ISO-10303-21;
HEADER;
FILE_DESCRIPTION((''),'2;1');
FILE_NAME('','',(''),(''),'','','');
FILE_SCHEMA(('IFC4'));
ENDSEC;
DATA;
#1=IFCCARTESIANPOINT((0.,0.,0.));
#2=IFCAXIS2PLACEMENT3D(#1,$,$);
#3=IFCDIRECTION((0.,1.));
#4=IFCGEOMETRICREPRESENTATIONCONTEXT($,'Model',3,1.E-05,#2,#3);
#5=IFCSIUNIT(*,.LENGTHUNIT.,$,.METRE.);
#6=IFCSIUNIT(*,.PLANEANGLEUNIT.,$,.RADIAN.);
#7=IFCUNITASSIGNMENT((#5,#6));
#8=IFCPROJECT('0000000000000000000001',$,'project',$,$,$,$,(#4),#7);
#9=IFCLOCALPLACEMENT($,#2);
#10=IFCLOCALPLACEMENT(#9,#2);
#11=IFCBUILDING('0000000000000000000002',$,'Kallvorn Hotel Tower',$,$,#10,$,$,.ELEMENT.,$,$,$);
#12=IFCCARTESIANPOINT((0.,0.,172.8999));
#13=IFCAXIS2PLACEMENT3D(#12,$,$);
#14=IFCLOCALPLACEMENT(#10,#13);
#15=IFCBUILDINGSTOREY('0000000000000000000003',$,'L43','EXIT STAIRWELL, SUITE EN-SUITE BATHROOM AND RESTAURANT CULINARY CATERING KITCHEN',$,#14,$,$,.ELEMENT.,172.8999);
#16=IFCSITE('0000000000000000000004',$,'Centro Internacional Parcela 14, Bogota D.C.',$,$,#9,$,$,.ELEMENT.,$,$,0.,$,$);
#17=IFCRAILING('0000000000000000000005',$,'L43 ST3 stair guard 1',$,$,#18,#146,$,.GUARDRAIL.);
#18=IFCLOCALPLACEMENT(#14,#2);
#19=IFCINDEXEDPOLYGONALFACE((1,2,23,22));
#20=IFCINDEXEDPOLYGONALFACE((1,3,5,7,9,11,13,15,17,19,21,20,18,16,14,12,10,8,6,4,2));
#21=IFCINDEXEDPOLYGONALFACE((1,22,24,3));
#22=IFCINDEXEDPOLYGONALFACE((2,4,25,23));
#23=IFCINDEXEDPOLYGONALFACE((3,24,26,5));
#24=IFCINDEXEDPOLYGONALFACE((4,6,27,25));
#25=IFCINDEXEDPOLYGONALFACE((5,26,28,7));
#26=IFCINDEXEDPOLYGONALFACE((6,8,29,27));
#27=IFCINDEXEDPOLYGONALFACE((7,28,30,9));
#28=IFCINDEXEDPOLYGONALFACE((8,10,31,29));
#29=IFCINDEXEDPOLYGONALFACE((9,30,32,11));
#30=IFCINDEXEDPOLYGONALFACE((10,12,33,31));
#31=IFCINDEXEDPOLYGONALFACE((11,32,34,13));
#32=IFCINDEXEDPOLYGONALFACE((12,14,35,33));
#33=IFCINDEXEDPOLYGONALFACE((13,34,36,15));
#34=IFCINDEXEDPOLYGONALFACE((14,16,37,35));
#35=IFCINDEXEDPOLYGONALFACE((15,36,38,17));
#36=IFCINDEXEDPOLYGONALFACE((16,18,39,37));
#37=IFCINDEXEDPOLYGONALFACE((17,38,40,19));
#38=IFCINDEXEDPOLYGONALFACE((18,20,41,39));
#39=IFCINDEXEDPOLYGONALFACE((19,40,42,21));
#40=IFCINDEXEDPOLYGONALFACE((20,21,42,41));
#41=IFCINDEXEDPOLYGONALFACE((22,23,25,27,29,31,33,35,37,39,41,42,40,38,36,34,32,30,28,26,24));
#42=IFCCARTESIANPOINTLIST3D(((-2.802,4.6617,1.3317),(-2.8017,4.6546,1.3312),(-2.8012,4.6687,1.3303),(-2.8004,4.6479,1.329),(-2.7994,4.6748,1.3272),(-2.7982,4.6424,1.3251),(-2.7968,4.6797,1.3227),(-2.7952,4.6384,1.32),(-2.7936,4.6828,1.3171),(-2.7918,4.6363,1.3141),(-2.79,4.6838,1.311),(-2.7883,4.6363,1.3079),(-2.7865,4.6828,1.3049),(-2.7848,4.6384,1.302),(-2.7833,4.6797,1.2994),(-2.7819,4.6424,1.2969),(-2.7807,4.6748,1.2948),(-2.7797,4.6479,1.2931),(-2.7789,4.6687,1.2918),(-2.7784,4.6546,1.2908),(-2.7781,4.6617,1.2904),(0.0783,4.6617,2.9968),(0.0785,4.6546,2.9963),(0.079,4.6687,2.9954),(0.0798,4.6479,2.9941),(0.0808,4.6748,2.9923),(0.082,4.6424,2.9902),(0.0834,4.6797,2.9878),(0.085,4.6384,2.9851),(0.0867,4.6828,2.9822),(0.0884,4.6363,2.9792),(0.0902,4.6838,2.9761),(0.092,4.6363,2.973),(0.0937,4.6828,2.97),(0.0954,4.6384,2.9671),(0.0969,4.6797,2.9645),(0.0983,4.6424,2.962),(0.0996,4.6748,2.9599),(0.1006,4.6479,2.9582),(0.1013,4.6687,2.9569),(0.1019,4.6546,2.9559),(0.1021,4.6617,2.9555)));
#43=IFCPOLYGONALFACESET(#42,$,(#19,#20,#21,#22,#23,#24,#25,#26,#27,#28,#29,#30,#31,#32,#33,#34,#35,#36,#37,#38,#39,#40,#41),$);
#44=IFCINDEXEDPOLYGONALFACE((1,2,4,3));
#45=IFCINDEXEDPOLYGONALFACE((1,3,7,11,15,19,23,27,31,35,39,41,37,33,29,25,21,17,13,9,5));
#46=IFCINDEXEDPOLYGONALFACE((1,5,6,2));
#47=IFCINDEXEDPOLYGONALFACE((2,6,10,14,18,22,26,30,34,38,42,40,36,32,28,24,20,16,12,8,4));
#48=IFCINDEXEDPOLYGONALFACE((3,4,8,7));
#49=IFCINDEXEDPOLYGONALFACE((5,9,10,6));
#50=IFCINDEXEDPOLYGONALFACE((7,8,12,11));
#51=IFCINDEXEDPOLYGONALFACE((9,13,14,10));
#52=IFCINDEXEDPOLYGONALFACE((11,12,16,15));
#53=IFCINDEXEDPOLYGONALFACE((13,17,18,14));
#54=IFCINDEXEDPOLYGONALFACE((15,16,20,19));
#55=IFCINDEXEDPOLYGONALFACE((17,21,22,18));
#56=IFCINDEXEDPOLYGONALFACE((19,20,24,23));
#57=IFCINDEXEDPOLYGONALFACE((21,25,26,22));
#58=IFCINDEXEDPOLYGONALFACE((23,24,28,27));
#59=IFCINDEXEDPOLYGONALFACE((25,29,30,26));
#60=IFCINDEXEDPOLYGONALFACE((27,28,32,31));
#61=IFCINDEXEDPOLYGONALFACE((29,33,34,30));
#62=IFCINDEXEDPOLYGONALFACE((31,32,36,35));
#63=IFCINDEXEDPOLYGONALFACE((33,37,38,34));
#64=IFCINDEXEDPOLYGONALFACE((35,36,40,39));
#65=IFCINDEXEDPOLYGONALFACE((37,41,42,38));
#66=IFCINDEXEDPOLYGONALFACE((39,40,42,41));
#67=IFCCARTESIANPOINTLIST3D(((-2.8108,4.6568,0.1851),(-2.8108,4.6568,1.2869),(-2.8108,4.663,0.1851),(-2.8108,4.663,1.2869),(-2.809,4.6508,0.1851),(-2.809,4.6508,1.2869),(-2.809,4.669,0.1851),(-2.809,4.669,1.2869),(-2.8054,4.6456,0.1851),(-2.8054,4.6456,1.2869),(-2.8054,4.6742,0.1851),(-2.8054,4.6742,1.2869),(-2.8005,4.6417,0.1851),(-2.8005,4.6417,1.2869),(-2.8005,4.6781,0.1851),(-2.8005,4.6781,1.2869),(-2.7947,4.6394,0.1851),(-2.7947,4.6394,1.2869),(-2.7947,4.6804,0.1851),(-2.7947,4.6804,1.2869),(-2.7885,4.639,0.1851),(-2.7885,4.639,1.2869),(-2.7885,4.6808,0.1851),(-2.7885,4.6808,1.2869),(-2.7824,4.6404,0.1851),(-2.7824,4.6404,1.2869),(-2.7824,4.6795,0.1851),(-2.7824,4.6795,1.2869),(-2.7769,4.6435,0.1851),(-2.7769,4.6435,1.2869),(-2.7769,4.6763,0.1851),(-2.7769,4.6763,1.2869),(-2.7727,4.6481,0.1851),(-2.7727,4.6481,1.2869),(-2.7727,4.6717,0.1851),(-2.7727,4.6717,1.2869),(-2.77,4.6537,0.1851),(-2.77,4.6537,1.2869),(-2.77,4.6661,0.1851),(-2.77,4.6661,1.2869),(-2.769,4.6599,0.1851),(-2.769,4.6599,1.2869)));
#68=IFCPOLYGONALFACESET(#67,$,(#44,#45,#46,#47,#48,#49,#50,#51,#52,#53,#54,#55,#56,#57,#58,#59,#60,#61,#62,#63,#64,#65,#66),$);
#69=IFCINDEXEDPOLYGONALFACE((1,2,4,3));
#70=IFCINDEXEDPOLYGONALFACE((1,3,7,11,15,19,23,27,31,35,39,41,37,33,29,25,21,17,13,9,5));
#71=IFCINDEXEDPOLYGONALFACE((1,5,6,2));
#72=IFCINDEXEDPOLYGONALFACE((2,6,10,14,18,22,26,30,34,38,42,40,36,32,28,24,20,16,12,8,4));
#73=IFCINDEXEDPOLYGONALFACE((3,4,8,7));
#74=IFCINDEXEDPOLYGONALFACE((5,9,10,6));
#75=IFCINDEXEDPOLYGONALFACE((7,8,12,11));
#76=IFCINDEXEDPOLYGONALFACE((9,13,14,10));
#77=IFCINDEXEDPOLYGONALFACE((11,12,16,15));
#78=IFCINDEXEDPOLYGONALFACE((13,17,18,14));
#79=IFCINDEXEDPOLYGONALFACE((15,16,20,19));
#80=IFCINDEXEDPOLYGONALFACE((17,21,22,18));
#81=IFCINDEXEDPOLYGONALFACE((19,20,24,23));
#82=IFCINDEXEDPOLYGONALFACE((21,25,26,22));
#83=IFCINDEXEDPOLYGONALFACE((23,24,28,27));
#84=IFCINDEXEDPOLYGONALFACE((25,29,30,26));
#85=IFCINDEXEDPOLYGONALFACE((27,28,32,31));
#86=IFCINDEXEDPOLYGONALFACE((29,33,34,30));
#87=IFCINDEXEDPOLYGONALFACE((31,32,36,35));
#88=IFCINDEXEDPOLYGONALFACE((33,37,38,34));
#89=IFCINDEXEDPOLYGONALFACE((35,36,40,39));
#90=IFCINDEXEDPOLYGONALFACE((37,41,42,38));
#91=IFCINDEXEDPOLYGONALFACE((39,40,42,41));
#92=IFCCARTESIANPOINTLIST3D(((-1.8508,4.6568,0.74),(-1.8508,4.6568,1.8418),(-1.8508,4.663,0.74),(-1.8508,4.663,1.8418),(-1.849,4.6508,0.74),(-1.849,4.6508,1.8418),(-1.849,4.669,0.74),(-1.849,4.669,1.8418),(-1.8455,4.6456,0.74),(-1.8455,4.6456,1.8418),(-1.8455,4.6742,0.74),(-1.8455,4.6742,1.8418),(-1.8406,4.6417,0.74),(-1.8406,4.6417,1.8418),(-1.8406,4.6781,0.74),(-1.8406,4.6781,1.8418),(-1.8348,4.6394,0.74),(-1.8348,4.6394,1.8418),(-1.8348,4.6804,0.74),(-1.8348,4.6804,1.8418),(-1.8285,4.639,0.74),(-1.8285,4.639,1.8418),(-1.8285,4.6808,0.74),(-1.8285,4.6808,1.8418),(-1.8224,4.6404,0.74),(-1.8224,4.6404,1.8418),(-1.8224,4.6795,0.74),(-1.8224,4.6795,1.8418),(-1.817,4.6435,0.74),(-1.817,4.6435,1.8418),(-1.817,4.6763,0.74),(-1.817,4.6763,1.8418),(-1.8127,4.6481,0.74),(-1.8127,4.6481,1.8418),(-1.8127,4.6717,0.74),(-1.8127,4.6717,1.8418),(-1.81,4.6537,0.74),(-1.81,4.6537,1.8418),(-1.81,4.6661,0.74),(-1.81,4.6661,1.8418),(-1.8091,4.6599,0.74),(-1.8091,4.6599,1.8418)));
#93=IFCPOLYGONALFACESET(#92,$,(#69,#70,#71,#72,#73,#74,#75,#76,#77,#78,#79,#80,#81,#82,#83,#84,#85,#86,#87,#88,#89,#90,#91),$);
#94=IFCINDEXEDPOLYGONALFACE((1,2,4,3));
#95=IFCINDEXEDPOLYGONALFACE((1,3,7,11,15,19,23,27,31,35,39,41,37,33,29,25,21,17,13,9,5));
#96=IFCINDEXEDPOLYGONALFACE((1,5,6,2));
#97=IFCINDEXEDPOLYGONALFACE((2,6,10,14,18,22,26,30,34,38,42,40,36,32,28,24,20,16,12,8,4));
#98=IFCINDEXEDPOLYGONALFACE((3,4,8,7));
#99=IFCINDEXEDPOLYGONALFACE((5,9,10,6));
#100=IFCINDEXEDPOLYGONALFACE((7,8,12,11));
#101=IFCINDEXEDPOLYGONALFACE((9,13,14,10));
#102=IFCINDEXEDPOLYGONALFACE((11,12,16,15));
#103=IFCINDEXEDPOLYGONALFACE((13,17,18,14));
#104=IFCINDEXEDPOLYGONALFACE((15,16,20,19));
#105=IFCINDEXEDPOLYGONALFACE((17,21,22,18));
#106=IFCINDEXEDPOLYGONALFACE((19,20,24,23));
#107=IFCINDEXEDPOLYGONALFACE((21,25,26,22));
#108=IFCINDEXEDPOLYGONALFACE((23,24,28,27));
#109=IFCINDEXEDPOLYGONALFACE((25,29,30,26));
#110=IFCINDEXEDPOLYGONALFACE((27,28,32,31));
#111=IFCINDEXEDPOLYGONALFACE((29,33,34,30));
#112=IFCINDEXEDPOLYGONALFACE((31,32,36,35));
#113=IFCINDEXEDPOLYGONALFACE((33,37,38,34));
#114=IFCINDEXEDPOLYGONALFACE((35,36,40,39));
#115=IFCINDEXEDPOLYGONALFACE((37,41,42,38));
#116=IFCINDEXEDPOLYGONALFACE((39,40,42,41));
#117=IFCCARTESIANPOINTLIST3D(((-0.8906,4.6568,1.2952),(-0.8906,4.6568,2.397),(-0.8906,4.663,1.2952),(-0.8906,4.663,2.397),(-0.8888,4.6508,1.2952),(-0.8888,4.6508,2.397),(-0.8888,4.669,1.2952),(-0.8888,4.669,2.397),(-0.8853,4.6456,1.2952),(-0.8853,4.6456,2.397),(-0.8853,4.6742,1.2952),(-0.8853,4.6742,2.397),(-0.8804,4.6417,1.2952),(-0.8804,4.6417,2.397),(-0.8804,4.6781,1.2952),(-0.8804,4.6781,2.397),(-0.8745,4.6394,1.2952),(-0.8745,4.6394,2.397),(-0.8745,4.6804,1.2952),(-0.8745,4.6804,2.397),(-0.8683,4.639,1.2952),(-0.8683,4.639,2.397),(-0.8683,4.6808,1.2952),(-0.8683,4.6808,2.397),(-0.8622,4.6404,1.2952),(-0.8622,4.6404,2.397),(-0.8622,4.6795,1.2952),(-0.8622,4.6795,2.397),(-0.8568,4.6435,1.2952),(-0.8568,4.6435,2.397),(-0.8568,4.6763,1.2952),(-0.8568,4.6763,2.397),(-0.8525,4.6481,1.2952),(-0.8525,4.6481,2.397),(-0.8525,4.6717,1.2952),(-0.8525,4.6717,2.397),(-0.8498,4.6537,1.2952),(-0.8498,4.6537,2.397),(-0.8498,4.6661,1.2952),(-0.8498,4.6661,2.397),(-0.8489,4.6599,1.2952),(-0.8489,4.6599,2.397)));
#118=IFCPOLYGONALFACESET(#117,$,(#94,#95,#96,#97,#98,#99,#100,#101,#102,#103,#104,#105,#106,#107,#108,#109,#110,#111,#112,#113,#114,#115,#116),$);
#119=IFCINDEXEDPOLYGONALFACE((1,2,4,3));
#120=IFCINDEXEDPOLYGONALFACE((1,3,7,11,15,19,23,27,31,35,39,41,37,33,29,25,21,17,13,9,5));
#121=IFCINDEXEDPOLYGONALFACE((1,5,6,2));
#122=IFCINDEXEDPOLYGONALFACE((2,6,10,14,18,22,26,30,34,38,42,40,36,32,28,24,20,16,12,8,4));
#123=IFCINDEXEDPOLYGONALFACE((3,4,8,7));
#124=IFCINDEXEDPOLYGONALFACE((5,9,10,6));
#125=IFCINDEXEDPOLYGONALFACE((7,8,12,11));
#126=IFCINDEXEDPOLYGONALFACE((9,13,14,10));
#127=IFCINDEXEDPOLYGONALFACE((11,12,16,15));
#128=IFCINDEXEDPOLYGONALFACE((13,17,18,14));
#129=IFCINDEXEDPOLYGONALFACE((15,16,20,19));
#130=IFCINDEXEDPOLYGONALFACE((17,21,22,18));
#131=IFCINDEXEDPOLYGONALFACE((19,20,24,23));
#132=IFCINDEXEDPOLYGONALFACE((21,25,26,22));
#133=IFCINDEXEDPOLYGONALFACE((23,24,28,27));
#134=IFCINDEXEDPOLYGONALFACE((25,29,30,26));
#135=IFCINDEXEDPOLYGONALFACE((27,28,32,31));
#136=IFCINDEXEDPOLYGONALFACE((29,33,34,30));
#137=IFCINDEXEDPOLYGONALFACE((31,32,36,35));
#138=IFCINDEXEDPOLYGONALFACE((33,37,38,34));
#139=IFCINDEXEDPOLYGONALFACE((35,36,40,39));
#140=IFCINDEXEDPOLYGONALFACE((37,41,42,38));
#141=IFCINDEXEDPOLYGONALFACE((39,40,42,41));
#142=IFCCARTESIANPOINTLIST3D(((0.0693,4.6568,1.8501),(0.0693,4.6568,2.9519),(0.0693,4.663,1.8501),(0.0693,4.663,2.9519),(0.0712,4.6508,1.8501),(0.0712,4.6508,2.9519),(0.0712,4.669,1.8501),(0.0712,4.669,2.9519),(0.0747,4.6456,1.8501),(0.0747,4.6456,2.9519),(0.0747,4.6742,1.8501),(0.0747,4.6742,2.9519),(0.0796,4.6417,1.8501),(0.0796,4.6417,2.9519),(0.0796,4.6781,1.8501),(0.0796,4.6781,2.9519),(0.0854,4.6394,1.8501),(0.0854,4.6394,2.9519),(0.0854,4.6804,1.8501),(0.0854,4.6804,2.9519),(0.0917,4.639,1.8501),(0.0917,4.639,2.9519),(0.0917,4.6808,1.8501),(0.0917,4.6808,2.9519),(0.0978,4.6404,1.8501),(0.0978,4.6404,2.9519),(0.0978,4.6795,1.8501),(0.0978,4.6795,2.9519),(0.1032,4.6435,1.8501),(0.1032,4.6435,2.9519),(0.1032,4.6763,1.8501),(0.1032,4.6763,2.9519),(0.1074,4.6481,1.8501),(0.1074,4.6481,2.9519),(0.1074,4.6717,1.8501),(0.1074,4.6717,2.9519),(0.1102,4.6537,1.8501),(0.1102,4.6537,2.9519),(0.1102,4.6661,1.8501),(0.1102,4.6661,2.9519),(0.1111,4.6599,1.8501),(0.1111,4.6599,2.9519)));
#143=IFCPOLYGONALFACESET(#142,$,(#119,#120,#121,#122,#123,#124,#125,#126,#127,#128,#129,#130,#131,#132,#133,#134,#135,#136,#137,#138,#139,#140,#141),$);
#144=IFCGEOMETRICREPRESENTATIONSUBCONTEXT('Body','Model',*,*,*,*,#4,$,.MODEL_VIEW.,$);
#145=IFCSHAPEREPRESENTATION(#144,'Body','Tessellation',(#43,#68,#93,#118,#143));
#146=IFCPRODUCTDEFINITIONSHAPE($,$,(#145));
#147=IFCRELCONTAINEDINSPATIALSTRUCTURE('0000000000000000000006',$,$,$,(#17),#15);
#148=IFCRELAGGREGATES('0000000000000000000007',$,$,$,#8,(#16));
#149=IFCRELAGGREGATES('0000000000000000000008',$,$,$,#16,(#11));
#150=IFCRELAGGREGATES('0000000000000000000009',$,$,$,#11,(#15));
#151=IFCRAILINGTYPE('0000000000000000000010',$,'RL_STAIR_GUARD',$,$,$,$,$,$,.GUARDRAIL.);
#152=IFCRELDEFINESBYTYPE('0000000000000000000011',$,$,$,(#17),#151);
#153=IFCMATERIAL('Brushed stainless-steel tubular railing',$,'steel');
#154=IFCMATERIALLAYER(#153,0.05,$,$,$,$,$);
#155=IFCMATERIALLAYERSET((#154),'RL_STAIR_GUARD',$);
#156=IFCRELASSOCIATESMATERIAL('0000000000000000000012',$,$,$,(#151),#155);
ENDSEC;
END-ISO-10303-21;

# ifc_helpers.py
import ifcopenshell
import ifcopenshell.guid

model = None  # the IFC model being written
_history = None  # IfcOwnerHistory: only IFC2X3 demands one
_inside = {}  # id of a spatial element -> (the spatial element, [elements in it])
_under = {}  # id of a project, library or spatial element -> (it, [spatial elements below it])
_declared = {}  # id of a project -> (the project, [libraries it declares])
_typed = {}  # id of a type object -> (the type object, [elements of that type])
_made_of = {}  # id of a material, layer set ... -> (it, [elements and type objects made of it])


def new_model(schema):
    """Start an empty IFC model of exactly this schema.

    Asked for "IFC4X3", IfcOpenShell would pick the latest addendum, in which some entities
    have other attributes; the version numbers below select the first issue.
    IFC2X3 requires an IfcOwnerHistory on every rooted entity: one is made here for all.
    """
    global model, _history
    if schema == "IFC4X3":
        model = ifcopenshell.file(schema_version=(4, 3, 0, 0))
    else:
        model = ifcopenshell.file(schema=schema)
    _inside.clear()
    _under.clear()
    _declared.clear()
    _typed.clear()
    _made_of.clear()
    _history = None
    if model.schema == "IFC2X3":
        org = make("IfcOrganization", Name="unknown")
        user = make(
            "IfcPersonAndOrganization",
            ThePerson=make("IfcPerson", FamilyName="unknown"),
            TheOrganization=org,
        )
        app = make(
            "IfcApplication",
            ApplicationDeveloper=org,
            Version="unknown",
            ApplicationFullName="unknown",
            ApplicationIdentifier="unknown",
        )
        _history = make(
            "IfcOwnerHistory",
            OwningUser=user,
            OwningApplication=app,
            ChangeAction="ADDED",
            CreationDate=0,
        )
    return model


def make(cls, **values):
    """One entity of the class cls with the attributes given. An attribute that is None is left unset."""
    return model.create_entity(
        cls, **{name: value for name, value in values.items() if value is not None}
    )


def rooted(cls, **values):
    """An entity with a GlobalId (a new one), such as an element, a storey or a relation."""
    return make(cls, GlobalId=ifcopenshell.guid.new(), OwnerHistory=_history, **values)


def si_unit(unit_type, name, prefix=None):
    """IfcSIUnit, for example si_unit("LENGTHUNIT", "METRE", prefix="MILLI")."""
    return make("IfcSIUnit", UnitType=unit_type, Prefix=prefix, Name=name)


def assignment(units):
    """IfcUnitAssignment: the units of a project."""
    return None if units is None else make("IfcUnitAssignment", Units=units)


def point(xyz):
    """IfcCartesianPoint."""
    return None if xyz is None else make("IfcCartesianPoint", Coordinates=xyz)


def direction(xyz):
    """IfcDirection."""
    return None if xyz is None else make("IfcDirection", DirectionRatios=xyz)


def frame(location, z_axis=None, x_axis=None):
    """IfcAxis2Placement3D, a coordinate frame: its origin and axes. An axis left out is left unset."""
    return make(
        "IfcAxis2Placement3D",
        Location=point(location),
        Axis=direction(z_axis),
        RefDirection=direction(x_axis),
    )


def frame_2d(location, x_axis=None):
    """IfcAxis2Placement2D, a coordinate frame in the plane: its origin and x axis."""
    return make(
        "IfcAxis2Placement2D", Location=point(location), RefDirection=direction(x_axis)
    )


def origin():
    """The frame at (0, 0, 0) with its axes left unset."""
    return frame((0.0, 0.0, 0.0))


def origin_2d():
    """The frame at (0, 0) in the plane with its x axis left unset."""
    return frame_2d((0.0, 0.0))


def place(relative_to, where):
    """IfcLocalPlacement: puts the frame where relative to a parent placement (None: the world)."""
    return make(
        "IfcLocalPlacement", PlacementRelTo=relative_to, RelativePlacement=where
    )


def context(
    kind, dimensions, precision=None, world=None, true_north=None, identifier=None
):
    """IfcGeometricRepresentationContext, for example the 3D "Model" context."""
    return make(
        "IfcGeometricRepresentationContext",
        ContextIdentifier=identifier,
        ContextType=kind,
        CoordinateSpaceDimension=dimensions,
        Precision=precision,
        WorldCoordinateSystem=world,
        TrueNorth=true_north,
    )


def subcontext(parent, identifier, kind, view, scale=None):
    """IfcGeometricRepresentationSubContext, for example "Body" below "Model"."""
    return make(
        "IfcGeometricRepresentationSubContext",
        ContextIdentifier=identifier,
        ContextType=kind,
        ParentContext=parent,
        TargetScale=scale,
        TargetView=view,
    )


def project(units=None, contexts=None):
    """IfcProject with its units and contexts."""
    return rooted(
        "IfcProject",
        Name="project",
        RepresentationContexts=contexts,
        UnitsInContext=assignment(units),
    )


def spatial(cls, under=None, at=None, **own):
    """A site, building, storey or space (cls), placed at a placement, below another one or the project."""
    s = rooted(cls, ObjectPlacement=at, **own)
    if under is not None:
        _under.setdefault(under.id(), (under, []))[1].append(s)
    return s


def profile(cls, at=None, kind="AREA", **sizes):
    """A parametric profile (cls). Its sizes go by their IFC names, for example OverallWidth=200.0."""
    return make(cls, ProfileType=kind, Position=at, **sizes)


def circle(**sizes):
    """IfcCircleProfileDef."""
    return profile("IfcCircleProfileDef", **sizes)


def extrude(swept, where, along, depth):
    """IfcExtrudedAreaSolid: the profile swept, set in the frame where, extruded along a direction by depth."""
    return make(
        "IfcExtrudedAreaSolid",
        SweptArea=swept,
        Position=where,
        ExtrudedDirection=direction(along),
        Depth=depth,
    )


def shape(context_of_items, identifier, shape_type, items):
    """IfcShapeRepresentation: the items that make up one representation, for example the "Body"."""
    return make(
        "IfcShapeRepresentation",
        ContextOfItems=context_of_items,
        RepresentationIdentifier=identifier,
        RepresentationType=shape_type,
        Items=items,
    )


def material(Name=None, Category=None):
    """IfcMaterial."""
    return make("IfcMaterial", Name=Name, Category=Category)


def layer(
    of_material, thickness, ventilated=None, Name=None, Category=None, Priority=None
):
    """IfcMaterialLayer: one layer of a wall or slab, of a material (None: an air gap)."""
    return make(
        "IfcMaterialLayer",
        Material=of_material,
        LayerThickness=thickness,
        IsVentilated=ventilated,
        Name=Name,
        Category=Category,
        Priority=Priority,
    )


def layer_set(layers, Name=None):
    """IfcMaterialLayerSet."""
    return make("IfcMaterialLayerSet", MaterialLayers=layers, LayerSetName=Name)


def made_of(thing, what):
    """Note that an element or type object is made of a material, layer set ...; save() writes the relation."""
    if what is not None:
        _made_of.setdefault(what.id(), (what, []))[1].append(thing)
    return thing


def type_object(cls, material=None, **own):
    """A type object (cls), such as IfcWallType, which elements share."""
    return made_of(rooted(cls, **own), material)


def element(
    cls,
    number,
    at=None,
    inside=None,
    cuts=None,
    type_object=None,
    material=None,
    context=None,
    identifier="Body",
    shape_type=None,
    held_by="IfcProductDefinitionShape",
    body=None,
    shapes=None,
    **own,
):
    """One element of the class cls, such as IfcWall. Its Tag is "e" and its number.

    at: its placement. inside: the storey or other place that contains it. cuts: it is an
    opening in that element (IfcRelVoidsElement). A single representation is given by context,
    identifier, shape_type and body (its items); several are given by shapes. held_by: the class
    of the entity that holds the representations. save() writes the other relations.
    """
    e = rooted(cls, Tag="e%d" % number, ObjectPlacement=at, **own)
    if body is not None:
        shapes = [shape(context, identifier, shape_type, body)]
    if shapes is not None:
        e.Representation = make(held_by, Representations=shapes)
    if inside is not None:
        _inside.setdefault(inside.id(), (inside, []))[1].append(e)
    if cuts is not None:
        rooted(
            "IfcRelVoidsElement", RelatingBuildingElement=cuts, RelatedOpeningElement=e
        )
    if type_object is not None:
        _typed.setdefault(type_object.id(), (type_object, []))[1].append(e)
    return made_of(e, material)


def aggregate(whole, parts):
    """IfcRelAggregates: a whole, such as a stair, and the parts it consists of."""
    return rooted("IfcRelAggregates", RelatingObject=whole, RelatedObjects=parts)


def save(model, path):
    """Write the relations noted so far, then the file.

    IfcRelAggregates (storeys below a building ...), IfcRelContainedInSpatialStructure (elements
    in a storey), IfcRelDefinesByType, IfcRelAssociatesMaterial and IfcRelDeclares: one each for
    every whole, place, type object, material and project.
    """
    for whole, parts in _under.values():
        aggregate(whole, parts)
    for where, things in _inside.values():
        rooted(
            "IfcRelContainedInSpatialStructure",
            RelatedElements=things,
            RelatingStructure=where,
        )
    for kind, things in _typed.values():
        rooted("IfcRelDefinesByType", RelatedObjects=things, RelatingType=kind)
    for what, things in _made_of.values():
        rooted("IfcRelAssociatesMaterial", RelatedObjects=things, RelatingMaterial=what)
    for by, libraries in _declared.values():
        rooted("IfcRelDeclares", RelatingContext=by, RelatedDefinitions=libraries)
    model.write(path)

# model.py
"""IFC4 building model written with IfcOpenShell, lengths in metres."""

from ifc_helpers import new_model, si_unit, direction, frame, origin, origin_2d, place, context, subcontext, project, spatial, circle, extrude, material, layer, layer_set, type_object, element, save


model = new_model("IFC4")

# Units and contexts
model_context = context("Model", 3, precision=1e-05, world=origin(), true_north=direction((0.0, 1.0)))
body_context = subcontext(model_context, "Body", "Model", "MODEL_VIEW")
ifc_project = project(units=[si_unit("LENGTHUNIT", "METRE"), si_unit("PLANEANGLEUNIT", "RADIAN")], contexts=[model_context])

# Site, building, storey
site_placement = place(None, origin())
site = spatial("IfcSite", under=ifc_project, at=site_placement, Name="Centro Internacional Parcela 14, Bogota D.C.", CompositionType="ELEMENT", RefElevation=0.0)
building_placement = place(site_placement, origin())
building = spatial("IfcBuilding", under=site, at=building_placement, Name="Kallvorn Hotel Tower", CompositionType="ELEMENT")
storey_placement = place(building_placement, frame((0.0, 0.0, 172.8999)))
storey = spatial("IfcBuildingStorey", under=building, at=storey_placement, Name="L43", Description="EXIT STAIRWELL, SUITE EN-SUITE BATHROOM AND RESTAURANT CULINARY CATERING KITCHEN", CompositionType="ELEMENT", Elevation=172.8999)

# Railing
ifc_material_1 = material(Name="Brushed stainless-steel tubular railing", Category="steel")
ifc_layer_1 = layer(ifc_material_1, 0.05)
ifc_layer_set_1 = layer_set([ifc_layer_1], Name="RL_STAIR_GUARD")
railing_type_1 = type_object("IfcRailingType", Name="RL_STAIR_GUARD", PredefinedType="GUARDRAIL", material=ifc_layer_set_1)
railing_1_placement = place(storey_placement, frame((-2.79, 4.6599, 0.1851)))
element("IfcRailing", 1, at=railing_1_placement, inside=storey, type_object=railing_type_1, Name="L43 ST3 stair guard 1", PredefinedType="GUARDRAIL", context=body_context, shape_type="SweptSolid", body=[
    extrude(circle(Radius=0.0239, at=origin_2d()), frame((0.0, 0.0, 1.126), z_axis=(0.865739, 0.0, 0.500495), x_axis=(0.0, 1.0, 0.0)), (0.0, 0.0, 1.0), 3.3269),
    extrude(circle(Radius=0.021, at=origin_2d()), origin(), (0.0, 0.0, 1.0), 1.1018),
    extrude(circle(Radius=0.021, at=origin_2d()), frame((0.96, 0.0, 0.5549)), (0.0, 0.0, 1.0), 1.1018),
    extrude(circle(Radius=0.021, at=origin_2d()), frame((1.9202, 0.0, 1.1101)), (0.0, 0.0, 1.0), 1.1018),
    extrude(circle(Radius=0.021, at=origin_2d()), frame((2.8801, 0.0, 1.665)), (0.0, 0.0, 1.0), 1.1018),
])

save(model, "model.ifc")
